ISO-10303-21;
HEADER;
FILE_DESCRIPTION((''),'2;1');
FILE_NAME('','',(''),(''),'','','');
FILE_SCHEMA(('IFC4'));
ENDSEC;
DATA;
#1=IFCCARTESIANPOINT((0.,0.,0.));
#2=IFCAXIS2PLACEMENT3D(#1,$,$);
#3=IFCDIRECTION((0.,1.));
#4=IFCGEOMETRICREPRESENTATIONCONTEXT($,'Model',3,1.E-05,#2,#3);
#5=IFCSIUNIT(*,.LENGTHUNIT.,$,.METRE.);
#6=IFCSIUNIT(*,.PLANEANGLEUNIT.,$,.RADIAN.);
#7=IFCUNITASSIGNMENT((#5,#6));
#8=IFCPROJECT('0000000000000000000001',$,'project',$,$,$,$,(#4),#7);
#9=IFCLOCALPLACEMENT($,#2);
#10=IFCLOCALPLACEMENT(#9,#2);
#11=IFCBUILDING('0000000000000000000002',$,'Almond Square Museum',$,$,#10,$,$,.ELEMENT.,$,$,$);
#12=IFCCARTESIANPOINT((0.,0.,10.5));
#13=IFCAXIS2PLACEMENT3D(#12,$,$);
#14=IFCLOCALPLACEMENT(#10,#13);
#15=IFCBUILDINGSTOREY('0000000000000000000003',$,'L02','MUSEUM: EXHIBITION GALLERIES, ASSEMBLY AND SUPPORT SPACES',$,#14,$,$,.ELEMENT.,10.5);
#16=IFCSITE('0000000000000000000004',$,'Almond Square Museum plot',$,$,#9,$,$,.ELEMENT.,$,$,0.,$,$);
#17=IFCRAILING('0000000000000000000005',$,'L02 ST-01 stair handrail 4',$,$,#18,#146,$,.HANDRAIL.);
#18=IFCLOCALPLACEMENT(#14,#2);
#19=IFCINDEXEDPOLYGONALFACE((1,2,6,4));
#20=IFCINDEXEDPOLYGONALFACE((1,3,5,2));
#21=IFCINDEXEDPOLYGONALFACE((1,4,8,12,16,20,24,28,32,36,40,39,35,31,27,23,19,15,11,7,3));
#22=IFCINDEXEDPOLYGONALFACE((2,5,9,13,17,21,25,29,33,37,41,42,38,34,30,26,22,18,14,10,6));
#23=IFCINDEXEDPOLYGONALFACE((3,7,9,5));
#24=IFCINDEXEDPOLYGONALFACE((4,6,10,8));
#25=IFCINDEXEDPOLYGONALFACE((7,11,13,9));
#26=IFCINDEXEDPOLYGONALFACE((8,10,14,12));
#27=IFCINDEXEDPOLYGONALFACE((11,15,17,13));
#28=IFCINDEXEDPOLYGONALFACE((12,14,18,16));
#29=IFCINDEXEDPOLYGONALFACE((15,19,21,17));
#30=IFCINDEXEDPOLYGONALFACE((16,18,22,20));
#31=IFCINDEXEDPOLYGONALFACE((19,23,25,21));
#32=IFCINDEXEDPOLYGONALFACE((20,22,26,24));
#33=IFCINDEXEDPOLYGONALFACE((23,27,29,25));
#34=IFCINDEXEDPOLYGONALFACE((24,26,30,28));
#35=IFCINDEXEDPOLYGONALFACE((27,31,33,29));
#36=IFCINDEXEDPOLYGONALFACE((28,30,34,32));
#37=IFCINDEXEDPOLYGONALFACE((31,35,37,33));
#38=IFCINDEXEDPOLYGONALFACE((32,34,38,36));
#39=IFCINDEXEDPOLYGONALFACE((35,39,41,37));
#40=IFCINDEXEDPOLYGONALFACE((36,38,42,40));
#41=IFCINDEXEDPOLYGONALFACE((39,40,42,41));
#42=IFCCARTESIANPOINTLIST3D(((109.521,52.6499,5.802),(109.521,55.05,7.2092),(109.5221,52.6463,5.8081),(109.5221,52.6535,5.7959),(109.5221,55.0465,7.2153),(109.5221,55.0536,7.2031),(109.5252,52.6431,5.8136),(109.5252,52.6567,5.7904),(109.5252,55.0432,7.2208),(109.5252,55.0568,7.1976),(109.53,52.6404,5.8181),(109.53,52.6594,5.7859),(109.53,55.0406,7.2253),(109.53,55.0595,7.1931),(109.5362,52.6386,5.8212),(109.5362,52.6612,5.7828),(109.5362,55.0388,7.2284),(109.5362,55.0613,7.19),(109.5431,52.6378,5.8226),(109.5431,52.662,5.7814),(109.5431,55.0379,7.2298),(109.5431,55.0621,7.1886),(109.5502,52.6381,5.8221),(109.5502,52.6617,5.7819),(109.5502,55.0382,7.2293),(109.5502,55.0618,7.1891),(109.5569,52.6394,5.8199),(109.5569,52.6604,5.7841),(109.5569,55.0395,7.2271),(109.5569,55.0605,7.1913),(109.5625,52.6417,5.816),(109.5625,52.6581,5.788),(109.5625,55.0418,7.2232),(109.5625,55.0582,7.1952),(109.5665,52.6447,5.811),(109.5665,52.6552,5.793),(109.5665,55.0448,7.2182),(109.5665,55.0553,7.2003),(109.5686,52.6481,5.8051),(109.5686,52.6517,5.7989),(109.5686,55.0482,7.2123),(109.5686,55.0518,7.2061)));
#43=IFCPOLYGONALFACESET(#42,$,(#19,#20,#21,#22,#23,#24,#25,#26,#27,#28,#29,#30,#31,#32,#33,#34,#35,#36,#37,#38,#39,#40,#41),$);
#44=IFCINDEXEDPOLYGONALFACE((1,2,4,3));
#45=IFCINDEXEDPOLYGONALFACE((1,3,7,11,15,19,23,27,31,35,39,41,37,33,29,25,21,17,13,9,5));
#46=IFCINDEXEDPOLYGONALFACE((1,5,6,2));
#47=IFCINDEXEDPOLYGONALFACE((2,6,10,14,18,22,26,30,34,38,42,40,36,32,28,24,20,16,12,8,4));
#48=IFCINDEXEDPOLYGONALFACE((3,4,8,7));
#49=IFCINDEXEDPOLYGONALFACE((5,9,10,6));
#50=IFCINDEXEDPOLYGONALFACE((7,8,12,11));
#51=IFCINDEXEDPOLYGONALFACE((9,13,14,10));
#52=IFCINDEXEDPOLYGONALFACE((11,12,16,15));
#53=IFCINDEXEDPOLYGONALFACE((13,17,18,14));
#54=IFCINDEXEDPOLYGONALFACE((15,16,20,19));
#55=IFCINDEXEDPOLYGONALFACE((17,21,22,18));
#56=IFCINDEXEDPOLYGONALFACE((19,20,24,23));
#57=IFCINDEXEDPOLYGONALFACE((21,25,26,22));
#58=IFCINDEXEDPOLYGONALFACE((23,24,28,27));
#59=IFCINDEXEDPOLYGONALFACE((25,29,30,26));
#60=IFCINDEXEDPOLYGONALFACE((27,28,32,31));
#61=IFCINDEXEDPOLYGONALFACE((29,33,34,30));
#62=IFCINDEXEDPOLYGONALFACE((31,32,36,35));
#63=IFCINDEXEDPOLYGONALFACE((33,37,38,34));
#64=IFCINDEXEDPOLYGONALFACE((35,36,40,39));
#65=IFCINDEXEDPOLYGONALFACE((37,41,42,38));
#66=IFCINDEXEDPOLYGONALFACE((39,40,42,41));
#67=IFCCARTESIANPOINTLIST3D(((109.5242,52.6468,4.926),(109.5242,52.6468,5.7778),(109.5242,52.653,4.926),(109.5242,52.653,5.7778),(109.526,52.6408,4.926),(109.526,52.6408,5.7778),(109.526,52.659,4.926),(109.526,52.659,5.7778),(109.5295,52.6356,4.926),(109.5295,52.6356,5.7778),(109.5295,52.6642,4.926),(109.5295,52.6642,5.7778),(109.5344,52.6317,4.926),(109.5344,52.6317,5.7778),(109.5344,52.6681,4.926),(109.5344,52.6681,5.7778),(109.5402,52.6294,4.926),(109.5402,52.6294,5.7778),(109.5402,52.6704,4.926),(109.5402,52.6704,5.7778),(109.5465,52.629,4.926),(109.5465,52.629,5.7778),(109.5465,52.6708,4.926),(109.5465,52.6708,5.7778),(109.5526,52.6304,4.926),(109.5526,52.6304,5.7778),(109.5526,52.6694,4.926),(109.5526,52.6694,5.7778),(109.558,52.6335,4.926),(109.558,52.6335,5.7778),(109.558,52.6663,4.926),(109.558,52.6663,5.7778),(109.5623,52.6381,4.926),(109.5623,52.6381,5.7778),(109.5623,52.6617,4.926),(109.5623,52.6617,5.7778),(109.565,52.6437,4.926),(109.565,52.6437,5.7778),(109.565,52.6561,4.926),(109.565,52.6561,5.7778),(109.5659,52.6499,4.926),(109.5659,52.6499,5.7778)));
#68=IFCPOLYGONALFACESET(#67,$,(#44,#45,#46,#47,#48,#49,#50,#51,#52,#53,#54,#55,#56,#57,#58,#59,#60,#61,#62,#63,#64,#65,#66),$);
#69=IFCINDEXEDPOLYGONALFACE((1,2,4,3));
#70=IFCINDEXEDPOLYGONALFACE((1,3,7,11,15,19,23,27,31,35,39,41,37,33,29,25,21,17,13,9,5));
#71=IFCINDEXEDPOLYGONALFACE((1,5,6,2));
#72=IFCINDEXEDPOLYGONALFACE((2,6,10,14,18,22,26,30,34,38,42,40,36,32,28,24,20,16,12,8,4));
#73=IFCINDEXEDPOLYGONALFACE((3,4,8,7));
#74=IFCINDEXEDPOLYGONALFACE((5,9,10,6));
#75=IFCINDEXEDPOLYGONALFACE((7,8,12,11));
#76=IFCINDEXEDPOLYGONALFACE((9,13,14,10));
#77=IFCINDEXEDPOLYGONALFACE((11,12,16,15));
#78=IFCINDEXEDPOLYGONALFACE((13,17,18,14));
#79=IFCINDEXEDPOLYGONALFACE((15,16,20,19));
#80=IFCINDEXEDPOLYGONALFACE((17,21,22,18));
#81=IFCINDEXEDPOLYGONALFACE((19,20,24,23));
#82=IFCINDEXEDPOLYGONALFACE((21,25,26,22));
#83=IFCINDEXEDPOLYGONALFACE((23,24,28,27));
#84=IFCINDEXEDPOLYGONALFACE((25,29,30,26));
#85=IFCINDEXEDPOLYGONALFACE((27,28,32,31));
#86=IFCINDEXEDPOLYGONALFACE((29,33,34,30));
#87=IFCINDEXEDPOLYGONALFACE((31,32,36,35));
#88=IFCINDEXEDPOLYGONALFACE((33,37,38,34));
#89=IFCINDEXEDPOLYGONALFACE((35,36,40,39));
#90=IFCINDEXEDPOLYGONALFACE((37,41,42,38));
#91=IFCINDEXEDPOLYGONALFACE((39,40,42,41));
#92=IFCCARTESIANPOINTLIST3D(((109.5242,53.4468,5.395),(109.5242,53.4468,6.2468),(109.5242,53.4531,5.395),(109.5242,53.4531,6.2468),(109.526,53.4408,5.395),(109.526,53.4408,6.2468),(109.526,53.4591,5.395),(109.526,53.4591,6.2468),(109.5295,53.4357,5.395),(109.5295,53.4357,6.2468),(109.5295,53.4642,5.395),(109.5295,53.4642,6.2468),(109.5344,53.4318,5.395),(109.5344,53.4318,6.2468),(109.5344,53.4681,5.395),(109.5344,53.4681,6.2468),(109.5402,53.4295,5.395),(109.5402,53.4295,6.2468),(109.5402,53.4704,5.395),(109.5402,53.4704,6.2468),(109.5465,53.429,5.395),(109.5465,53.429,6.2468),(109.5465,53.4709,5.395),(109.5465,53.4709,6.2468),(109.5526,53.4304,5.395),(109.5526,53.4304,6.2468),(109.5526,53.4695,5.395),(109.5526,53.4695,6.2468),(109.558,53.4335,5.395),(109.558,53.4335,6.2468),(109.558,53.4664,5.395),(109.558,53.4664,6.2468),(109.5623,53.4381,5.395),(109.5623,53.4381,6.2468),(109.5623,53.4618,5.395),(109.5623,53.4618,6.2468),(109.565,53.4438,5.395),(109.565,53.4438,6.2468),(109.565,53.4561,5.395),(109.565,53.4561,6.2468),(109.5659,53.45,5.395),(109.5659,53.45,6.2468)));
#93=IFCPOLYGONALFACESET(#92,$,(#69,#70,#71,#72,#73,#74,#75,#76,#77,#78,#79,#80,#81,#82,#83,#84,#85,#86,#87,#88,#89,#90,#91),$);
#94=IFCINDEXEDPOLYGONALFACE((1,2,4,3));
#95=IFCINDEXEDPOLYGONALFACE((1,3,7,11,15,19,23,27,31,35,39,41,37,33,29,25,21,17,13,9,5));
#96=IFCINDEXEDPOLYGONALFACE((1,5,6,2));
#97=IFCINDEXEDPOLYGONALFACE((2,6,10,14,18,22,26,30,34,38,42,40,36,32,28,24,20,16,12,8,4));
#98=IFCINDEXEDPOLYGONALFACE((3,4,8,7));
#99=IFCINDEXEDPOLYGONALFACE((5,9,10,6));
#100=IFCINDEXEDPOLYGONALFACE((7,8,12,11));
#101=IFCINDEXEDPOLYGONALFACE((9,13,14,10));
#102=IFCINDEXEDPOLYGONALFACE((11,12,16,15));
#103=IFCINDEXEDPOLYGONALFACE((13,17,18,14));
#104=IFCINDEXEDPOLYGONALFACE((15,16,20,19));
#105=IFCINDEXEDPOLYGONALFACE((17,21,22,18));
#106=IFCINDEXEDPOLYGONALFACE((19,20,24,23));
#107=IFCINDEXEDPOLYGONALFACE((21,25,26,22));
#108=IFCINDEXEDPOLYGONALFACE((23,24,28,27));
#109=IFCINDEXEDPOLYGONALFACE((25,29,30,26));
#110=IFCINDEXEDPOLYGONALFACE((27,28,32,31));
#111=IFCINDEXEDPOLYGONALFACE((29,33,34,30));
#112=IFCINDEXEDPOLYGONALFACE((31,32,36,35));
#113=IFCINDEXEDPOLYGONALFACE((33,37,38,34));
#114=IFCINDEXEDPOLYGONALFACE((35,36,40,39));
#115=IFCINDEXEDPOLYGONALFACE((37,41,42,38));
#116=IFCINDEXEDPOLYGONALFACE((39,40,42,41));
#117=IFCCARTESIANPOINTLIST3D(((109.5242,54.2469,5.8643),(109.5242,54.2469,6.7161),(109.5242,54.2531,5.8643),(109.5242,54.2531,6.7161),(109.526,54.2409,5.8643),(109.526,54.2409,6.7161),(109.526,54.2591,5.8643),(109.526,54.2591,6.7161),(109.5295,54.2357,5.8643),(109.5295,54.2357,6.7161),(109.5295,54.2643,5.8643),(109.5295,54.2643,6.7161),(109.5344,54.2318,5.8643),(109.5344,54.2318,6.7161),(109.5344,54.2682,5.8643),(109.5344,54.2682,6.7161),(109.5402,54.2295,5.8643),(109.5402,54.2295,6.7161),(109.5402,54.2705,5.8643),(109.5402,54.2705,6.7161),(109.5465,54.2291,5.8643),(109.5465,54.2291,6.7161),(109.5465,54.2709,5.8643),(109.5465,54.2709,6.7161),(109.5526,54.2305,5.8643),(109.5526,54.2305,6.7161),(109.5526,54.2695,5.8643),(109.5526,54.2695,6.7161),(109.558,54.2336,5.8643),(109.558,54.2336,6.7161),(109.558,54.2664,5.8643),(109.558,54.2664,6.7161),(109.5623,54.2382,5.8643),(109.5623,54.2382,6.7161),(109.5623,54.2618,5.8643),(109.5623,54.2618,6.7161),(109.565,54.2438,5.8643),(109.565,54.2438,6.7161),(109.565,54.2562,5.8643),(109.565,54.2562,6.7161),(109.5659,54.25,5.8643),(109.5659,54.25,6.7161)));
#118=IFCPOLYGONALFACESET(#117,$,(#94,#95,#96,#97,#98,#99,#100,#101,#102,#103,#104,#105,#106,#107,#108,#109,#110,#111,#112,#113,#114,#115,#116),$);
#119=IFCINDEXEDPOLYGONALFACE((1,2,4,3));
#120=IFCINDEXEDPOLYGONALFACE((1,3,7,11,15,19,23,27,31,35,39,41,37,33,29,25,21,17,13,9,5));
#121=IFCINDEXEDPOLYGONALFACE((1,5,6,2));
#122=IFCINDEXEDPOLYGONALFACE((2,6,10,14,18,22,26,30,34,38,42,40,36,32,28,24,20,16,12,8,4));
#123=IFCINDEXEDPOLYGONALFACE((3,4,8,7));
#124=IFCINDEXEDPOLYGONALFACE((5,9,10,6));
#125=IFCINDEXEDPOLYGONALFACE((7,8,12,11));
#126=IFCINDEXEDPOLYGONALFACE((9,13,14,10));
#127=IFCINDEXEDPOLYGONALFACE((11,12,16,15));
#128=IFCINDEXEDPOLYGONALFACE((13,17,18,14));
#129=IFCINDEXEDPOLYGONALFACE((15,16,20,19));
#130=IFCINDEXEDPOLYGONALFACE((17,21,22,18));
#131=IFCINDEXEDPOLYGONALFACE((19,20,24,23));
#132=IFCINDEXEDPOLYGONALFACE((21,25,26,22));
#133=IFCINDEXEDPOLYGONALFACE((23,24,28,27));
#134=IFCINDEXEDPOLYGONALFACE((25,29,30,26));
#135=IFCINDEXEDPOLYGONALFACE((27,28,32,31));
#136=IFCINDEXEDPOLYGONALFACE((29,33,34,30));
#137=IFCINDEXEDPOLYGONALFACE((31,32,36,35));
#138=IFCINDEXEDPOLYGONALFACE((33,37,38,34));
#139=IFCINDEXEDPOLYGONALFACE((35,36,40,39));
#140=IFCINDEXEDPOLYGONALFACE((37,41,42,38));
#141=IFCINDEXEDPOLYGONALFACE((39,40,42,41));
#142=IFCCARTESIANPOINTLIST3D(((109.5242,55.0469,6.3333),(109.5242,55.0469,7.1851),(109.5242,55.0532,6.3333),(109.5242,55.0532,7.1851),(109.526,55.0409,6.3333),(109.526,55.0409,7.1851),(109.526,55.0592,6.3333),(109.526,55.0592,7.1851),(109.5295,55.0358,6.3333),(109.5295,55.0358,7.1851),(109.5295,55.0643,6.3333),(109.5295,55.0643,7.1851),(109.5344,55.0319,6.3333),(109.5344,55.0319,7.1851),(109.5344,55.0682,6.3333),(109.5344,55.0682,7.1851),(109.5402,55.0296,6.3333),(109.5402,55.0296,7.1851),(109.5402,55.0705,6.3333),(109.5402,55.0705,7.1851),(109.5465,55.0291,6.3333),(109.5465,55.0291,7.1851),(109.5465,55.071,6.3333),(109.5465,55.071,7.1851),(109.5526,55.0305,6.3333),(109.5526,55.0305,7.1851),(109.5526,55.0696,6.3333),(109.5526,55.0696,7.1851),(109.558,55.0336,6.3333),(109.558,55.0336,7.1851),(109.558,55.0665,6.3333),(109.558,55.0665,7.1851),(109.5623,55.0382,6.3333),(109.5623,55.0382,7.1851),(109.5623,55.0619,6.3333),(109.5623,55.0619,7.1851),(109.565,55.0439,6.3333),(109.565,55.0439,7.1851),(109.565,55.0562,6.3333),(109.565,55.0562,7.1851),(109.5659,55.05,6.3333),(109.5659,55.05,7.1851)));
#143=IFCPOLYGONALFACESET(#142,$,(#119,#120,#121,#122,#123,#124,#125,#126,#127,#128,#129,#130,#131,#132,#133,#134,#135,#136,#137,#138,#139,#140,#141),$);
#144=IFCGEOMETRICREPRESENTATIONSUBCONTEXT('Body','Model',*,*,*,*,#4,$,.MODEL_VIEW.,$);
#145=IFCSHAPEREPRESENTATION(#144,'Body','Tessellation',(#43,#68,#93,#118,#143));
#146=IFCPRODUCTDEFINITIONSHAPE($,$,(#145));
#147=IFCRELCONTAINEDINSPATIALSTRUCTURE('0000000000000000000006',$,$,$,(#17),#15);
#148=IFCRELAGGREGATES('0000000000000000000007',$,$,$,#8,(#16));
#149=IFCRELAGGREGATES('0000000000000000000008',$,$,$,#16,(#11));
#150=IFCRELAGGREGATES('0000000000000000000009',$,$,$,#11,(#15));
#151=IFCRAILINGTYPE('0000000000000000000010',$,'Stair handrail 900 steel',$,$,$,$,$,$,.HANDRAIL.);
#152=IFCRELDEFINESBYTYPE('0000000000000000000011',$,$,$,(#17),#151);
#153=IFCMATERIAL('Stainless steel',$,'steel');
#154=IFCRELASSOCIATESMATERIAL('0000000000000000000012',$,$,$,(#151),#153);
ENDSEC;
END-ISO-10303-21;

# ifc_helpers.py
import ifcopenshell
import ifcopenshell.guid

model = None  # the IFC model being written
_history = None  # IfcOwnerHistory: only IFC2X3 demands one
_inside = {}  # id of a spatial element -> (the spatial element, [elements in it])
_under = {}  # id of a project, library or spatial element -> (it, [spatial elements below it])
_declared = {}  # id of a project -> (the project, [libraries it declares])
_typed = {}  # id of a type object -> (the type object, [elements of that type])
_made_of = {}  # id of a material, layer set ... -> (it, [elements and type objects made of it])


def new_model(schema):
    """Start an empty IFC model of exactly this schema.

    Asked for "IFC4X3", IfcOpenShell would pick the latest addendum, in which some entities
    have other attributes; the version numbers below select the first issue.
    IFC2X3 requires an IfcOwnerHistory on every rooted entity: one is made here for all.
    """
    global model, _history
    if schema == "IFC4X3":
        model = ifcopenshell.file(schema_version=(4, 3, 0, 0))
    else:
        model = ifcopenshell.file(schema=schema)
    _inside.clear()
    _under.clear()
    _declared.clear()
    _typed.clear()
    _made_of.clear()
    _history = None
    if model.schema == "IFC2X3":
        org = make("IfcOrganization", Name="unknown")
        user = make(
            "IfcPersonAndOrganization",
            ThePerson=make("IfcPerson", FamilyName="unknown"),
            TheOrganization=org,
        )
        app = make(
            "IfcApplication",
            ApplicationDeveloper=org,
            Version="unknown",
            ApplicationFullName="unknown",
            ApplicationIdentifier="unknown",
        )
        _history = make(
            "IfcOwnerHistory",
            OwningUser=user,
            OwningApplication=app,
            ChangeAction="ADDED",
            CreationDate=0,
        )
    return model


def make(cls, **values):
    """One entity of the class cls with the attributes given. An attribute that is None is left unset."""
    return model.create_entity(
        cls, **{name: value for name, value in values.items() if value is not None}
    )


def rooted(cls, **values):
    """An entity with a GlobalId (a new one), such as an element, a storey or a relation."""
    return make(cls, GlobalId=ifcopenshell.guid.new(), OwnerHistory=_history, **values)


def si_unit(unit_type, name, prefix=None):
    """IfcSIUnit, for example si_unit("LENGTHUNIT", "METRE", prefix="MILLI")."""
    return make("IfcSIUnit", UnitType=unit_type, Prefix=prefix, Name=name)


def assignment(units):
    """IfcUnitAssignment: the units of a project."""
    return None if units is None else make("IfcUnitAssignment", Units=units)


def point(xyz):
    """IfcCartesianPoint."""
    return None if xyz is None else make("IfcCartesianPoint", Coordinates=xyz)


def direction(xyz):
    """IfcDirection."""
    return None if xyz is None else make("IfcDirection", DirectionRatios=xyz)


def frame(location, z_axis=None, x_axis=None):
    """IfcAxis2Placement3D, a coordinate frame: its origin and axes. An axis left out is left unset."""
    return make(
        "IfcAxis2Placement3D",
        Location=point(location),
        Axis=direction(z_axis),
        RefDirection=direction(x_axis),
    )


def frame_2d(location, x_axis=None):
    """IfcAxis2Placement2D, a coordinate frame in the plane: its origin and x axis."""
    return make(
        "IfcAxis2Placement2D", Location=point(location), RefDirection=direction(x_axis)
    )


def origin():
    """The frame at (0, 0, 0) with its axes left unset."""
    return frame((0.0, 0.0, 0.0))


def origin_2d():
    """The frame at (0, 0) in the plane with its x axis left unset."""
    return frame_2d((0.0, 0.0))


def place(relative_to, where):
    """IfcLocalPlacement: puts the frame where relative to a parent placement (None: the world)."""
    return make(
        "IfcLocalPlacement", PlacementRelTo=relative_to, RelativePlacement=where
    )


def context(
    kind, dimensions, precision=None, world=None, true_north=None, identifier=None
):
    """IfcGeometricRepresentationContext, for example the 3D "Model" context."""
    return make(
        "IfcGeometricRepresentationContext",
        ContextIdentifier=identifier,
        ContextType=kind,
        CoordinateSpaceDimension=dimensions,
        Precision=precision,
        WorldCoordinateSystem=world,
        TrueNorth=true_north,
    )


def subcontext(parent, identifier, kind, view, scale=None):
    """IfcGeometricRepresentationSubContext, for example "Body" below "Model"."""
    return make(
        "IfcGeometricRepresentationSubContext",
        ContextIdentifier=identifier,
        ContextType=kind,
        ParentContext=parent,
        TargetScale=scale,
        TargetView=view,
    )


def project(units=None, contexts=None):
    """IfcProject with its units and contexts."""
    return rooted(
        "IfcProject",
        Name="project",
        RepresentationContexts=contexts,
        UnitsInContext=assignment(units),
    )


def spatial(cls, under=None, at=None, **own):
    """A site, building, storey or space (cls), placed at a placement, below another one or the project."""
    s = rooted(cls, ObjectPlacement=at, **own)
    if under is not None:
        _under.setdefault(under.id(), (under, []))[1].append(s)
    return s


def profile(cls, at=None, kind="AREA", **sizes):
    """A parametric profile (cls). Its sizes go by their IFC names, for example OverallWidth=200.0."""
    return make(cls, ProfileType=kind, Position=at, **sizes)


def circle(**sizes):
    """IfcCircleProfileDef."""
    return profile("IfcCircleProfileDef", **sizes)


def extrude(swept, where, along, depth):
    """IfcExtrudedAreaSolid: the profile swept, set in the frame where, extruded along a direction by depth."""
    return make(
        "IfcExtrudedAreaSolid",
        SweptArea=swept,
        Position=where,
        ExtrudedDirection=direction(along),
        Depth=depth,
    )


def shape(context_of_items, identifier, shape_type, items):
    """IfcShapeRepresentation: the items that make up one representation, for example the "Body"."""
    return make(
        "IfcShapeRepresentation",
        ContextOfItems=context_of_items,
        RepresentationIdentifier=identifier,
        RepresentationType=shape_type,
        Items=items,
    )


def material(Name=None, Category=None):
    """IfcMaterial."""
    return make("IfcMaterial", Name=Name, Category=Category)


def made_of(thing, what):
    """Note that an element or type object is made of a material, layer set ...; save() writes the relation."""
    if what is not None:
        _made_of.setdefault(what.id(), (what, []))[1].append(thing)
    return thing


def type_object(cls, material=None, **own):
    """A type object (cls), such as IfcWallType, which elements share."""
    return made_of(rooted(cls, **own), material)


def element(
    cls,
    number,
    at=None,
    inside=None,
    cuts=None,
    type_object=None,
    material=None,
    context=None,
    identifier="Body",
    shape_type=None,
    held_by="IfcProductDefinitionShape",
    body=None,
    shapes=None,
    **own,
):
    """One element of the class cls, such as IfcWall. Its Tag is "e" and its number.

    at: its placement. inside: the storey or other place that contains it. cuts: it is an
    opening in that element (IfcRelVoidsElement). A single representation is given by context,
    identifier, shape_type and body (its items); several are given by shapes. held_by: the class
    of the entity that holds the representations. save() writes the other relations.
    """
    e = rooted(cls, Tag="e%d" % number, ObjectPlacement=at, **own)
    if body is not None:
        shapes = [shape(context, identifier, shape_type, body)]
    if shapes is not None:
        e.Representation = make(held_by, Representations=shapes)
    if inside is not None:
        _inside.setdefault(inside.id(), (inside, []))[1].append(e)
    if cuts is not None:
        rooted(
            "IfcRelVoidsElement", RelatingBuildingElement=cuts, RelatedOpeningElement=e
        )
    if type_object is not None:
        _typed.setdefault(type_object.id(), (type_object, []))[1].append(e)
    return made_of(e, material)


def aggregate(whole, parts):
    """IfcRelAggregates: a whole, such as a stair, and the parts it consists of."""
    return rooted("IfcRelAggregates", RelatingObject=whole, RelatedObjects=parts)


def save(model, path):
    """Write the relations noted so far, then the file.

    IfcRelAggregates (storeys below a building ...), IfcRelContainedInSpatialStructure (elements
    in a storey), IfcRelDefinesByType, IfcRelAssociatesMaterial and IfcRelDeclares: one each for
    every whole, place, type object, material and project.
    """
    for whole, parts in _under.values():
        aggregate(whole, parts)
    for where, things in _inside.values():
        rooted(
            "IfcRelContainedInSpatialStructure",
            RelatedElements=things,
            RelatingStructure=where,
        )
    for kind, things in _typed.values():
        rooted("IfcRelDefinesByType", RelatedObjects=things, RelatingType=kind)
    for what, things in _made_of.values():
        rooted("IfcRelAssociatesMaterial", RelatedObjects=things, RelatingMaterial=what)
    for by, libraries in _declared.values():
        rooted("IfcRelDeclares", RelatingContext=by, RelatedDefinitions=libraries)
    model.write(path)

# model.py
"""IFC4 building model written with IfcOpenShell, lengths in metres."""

from ifc_helpers import new_model, si_unit, direction, frame, origin, origin_2d, place, context, subcontext, project, spatial, circle, extrude, material, type_object, element, save


model = new_model("IFC4")

# Units and contexts
model_context = context("Model", 3, precision=1e-05, world=origin(), true_north=direction((0.0, 1.0)))
body_context = subcontext(model_context, "Body", "Model", "MODEL_VIEW")
ifc_project = project(units=[si_unit("LENGTHUNIT", "METRE"), si_unit("PLANEANGLEUNIT", "RADIAN")], contexts=[model_context])

# Site, building, storey
site_placement = place(None, origin())
site = spatial("IfcSite", under=ifc_project, at=site_placement, Name="Almond Square Museum plot", CompositionType="ELEMENT", RefElevation=0.0)
building_placement = place(site_placement, origin())
building = spatial("IfcBuilding", under=site, at=building_placement, Name="Almond Square Museum", CompositionType="ELEMENT")
storey_placement = place(building_placement, frame((0.0, 0.0, 10.5)))
storey = spatial("IfcBuildingStorey", under=building, at=storey_placement, Name="L02", Description="MUSEUM: EXHIBITION GALLERIES, ASSEMBLY AND SUPPORT SPACES", CompositionType="ELEMENT", Elevation=10.5)

# Railing
ifc_material_1 = material(Name="Stainless steel", Category="steel")
railing_type_1 = type_object("IfcRailingType", Name="Stair handrail 900 steel", PredefinedType="HANDRAIL", material=ifc_material_1)
railing_1_placement = place(storey_placement, frame((109.5449, 52.6499, 4.926)))
element("IfcRailing", 1, at=railing_1_placement, inside=storey, type_object=railing_type_1, Name="L02 ST-01 stair handrail 4", PredefinedType="HANDRAIL", context=body_context, shape_type="SweptSolid", body=[
    extrude(circle(Radius=0.0239, at=origin_2d()), frame((0.0, 0.0, 0.876), z_axis=(0.0, 0.86266, 0.505785), x_axis=(-1.0, 0.0, 0.0)), (0.0, 0.0, 1.0), 2.7822),
    extrude(circle(Radius=0.021, at=origin_2d()), origin(), (0.0, 0.0, 1.0), 0.8518),
    extrude(circle(Radius=0.021, at=origin_2d()), frame((0.0, 0.8, 0.469)), (0.0, 0.0, 1.0), 0.8518),
    extrude(circle(Radius=0.021, at=origin_2d()), frame((0.0, 1.6001, 0.9382)), (0.0, 0.0, 1.0), 0.8518),
    extrude(circle(Radius=0.021, at=origin_2d()), frame((0.0, 2.4001, 1.4072)), (0.0, 0.0, 1.0), 0.8518),
])

save(model, "model.ifc")
